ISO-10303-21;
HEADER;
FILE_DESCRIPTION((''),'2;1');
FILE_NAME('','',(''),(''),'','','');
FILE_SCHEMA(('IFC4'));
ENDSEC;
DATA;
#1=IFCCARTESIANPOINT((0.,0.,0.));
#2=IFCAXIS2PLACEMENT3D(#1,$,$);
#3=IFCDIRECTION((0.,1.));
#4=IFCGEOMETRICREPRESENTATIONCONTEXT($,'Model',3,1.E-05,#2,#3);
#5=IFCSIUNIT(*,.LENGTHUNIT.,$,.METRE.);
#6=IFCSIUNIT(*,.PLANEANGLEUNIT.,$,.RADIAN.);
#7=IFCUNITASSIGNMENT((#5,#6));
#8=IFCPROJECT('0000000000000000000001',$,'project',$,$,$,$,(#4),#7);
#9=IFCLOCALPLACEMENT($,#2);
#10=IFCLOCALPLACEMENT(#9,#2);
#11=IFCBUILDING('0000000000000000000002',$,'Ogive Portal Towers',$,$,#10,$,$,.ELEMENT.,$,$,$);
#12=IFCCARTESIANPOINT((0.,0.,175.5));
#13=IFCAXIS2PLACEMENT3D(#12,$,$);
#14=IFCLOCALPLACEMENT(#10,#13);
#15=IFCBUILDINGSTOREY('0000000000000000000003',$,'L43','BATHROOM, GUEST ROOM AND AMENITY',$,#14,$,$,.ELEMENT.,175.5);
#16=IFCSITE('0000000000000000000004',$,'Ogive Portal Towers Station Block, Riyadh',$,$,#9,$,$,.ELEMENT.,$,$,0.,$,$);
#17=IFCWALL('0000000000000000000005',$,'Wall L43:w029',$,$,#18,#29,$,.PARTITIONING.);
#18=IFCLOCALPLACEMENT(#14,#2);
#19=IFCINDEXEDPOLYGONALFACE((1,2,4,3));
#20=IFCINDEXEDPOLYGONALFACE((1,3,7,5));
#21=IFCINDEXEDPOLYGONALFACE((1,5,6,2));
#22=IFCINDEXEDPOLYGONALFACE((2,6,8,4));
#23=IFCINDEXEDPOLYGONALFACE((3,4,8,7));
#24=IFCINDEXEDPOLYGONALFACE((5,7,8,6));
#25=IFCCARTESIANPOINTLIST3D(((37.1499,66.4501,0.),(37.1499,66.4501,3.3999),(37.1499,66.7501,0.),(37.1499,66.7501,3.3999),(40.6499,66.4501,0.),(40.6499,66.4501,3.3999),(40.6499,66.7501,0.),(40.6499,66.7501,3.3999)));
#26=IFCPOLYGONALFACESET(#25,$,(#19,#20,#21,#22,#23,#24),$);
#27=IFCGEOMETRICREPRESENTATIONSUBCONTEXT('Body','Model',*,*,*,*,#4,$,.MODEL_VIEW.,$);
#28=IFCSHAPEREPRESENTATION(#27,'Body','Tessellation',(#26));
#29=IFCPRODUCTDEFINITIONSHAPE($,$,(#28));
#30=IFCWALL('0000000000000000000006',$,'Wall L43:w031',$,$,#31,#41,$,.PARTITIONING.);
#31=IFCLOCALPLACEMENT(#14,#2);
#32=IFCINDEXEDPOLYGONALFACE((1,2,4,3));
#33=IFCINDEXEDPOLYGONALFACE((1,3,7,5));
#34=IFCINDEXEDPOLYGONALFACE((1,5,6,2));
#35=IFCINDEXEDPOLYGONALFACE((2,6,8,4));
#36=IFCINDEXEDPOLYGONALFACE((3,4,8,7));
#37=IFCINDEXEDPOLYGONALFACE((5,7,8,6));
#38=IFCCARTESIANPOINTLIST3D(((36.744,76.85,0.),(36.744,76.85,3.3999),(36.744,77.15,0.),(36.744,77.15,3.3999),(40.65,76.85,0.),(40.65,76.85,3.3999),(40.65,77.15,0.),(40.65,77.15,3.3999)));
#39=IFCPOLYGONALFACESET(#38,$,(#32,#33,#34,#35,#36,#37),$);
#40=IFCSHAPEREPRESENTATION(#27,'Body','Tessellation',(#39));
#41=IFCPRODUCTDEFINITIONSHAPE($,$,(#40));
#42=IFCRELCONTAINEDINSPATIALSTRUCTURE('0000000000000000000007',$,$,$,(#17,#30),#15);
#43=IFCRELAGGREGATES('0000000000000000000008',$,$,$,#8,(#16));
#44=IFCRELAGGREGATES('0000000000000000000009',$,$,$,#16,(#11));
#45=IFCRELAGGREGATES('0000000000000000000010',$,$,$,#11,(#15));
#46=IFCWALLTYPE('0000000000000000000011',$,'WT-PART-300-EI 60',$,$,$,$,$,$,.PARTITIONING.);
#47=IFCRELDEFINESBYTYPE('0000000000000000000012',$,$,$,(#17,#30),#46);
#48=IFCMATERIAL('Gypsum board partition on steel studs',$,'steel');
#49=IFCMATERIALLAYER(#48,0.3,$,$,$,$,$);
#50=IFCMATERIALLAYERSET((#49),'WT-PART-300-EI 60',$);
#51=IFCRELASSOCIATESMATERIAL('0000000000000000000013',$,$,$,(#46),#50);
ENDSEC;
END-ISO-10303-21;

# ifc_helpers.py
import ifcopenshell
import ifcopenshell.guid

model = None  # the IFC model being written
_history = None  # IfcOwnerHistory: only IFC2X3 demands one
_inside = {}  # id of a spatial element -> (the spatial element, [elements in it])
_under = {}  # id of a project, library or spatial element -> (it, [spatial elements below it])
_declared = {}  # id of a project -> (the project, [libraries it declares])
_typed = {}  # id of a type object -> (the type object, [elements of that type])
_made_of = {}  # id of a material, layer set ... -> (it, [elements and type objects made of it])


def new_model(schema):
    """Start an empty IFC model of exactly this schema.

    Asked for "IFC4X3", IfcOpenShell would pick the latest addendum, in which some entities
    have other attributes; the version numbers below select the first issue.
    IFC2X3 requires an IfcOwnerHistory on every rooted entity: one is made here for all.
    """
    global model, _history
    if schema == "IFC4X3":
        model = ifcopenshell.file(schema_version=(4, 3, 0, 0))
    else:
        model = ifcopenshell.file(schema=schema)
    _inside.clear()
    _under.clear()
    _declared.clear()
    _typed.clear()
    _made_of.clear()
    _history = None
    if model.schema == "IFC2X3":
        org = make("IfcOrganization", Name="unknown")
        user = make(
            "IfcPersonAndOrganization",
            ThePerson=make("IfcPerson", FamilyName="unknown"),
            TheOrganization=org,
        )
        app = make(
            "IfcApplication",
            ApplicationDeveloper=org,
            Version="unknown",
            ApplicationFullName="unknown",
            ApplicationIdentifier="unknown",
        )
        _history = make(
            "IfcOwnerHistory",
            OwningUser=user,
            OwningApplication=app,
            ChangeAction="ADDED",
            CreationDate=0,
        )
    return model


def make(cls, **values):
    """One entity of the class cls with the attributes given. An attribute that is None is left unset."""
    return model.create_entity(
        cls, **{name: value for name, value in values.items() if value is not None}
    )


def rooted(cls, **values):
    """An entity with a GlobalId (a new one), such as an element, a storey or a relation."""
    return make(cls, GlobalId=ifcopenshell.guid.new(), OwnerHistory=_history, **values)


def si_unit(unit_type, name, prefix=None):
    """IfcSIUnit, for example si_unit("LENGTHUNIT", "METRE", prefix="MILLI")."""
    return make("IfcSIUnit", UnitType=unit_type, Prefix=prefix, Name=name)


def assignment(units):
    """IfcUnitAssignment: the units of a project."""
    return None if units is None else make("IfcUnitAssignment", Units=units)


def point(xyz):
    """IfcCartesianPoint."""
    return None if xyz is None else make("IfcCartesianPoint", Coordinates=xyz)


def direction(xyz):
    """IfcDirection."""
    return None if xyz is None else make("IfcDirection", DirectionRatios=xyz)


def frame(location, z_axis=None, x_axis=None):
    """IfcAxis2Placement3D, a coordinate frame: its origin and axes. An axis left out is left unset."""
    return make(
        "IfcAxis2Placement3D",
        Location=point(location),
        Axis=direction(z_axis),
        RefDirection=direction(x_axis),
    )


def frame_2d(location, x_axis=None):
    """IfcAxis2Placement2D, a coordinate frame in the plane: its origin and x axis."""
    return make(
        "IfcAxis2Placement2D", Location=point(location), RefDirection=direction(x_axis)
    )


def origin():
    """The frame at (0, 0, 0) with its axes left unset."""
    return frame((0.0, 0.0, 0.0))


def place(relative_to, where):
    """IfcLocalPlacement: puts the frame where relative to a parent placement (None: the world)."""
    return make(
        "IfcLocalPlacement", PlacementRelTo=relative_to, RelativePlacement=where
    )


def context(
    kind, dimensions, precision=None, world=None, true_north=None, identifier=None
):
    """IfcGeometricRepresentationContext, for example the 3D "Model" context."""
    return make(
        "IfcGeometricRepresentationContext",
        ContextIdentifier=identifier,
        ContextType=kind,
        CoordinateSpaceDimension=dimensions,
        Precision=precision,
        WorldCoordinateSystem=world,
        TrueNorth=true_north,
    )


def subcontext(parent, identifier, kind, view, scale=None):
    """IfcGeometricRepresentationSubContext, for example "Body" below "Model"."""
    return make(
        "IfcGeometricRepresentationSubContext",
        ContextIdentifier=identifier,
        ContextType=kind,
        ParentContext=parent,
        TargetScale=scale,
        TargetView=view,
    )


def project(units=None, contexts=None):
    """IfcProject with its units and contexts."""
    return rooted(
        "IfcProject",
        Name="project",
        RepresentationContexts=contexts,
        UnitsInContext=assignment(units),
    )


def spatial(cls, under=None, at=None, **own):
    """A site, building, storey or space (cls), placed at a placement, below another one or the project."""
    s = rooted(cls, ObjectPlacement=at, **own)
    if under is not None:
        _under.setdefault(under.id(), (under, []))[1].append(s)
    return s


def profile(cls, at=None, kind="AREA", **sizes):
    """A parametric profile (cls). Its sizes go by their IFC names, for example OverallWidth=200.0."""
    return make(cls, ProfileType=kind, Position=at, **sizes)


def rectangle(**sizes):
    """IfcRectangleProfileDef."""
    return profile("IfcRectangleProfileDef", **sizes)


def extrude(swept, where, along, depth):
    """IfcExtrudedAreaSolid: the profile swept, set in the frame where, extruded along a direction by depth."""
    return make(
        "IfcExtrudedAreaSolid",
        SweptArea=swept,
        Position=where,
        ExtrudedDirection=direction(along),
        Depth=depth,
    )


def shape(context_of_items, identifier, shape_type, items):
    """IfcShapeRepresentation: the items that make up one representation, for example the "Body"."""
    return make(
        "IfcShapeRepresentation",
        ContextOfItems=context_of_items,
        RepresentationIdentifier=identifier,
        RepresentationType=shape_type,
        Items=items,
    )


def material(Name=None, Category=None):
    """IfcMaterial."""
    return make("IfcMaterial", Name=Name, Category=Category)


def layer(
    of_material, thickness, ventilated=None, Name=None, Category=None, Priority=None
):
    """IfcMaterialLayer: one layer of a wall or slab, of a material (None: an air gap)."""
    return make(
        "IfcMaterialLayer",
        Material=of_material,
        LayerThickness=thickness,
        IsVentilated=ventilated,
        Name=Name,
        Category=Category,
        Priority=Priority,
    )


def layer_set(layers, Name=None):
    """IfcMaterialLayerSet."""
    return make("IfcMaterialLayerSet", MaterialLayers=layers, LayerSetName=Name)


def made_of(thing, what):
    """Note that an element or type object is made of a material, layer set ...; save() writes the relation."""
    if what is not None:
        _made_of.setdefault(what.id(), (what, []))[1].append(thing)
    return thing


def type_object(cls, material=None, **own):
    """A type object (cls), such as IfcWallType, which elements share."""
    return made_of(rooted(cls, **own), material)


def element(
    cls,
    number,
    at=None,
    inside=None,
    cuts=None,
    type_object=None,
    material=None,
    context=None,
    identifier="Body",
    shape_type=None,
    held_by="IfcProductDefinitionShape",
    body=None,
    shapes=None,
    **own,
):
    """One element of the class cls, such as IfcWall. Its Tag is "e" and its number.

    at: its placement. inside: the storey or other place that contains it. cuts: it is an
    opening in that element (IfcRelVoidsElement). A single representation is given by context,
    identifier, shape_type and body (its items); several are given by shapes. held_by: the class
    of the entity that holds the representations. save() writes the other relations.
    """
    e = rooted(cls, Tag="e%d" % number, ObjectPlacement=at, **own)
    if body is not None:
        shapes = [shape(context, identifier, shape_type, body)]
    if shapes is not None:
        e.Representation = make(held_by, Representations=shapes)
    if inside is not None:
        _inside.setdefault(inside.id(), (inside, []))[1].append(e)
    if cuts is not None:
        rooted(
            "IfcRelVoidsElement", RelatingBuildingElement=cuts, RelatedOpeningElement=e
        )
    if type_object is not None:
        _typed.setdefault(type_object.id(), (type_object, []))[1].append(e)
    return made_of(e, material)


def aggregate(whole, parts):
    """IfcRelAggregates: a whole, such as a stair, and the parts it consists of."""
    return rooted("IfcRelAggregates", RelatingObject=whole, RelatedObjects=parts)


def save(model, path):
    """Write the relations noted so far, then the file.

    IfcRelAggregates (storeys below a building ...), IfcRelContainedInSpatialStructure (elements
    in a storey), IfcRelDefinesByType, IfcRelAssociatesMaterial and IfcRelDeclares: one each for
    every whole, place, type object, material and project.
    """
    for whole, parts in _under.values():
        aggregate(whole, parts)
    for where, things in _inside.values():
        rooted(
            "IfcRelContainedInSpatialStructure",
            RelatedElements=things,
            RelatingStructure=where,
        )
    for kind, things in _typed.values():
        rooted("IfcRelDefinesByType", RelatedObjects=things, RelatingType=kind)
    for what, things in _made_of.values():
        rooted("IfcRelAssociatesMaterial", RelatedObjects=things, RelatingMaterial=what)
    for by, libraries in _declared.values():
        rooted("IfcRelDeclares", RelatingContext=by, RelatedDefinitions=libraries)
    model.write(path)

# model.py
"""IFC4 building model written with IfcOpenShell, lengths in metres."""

from ifc_helpers import new_model, si_unit, direction, frame, frame_2d, origin, place, context, subcontext, project, spatial, rectangle, extrude, material, layer, layer_set, type_object, element, save


model = new_model("IFC4")

# Units and contexts
model_context = context("Model", 3, precision=1e-05, world=origin(), true_north=direction((0.0, 1.0)))
body_context = subcontext(model_context, "Body", "Model", "MODEL_VIEW")
ifc_project = project(units=[si_unit("LENGTHUNIT", "METRE"), si_unit("PLANEANGLEUNIT", "RADIAN")], contexts=[model_context])

# Site, building, storey
site_placement = place(None, origin())
site = spatial("IfcSite", under=ifc_project, at=site_placement, Name="Ogive Portal Towers Station Block, Riyadh", CompositionType="ELEMENT", RefElevation=0.0)
building_placement = place(site_placement, origin())
building = spatial("IfcBuilding", under=site, at=building_placement, Name="Ogive Portal Towers", CompositionType="ELEMENT")
storey_placement = place(building_placement, frame((0.0, 0.0, 175.5)))
storey = spatial("IfcBuildingStorey", under=building, at=storey_placement, Name="L43", Description="BATHROOM, GUEST ROOM AND AMENITY", CompositionType="ELEMENT", Elevation=175.5)

# Walls
ifc_material_1 = material(Name="Gypsum board partition on steel studs", Category="steel")
ifc_layer_1 = layer(ifc_material_1, 0.3)
ifc_layer_set_1 = layer_set([ifc_layer_1], Name="WT-PART-300-EI 60")
wall_type_1 = type_object("IfcWallType", Name="WT-PART-300-EI 60", PredefinedType="PARTITIONING", material=ifc_layer_set_1)
wall_1_placement = place(storey_placement, frame((37.1499, 66.6001, 0.0), z_axis=(0.0, 0.0, 1.0), x_axis=(1.0, 0.0, 0.0)))
element("IfcWall", 1, at=wall_1_placement, inside=storey, type_object=wall_type_1, Name="Wall L43:w029", PredefinedType="PARTITIONING", context=body_context, shape_type="SweptSolid", body=[
    extrude(rectangle(XDim=3.5, YDim=0.3, at=frame_2d((1.75, 0.0))), origin(), (0.0, 0.0, 1.0), 3.3999),
])
wall_2_placement = place(storey_placement, frame((36.7439, 77.0, 0.0), z_axis=(0.0, 0.0, 1.0), x_axis=(1.0, 0.0, 0.0)))
element("IfcWall", 2, at=wall_2_placement, inside=storey, type_object=wall_type_1, Name="Wall L43:w031", PredefinedType="PARTITIONING", context=body_context, shape_type="SweptSolid", body=[
    extrude(rectangle(XDim=3.906, YDim=0.3, at=frame_2d((1.9531, 0.0))), origin(), (0.0, 0.0, 1.0), 3.3999),
])

save(model, "model.ifc")
